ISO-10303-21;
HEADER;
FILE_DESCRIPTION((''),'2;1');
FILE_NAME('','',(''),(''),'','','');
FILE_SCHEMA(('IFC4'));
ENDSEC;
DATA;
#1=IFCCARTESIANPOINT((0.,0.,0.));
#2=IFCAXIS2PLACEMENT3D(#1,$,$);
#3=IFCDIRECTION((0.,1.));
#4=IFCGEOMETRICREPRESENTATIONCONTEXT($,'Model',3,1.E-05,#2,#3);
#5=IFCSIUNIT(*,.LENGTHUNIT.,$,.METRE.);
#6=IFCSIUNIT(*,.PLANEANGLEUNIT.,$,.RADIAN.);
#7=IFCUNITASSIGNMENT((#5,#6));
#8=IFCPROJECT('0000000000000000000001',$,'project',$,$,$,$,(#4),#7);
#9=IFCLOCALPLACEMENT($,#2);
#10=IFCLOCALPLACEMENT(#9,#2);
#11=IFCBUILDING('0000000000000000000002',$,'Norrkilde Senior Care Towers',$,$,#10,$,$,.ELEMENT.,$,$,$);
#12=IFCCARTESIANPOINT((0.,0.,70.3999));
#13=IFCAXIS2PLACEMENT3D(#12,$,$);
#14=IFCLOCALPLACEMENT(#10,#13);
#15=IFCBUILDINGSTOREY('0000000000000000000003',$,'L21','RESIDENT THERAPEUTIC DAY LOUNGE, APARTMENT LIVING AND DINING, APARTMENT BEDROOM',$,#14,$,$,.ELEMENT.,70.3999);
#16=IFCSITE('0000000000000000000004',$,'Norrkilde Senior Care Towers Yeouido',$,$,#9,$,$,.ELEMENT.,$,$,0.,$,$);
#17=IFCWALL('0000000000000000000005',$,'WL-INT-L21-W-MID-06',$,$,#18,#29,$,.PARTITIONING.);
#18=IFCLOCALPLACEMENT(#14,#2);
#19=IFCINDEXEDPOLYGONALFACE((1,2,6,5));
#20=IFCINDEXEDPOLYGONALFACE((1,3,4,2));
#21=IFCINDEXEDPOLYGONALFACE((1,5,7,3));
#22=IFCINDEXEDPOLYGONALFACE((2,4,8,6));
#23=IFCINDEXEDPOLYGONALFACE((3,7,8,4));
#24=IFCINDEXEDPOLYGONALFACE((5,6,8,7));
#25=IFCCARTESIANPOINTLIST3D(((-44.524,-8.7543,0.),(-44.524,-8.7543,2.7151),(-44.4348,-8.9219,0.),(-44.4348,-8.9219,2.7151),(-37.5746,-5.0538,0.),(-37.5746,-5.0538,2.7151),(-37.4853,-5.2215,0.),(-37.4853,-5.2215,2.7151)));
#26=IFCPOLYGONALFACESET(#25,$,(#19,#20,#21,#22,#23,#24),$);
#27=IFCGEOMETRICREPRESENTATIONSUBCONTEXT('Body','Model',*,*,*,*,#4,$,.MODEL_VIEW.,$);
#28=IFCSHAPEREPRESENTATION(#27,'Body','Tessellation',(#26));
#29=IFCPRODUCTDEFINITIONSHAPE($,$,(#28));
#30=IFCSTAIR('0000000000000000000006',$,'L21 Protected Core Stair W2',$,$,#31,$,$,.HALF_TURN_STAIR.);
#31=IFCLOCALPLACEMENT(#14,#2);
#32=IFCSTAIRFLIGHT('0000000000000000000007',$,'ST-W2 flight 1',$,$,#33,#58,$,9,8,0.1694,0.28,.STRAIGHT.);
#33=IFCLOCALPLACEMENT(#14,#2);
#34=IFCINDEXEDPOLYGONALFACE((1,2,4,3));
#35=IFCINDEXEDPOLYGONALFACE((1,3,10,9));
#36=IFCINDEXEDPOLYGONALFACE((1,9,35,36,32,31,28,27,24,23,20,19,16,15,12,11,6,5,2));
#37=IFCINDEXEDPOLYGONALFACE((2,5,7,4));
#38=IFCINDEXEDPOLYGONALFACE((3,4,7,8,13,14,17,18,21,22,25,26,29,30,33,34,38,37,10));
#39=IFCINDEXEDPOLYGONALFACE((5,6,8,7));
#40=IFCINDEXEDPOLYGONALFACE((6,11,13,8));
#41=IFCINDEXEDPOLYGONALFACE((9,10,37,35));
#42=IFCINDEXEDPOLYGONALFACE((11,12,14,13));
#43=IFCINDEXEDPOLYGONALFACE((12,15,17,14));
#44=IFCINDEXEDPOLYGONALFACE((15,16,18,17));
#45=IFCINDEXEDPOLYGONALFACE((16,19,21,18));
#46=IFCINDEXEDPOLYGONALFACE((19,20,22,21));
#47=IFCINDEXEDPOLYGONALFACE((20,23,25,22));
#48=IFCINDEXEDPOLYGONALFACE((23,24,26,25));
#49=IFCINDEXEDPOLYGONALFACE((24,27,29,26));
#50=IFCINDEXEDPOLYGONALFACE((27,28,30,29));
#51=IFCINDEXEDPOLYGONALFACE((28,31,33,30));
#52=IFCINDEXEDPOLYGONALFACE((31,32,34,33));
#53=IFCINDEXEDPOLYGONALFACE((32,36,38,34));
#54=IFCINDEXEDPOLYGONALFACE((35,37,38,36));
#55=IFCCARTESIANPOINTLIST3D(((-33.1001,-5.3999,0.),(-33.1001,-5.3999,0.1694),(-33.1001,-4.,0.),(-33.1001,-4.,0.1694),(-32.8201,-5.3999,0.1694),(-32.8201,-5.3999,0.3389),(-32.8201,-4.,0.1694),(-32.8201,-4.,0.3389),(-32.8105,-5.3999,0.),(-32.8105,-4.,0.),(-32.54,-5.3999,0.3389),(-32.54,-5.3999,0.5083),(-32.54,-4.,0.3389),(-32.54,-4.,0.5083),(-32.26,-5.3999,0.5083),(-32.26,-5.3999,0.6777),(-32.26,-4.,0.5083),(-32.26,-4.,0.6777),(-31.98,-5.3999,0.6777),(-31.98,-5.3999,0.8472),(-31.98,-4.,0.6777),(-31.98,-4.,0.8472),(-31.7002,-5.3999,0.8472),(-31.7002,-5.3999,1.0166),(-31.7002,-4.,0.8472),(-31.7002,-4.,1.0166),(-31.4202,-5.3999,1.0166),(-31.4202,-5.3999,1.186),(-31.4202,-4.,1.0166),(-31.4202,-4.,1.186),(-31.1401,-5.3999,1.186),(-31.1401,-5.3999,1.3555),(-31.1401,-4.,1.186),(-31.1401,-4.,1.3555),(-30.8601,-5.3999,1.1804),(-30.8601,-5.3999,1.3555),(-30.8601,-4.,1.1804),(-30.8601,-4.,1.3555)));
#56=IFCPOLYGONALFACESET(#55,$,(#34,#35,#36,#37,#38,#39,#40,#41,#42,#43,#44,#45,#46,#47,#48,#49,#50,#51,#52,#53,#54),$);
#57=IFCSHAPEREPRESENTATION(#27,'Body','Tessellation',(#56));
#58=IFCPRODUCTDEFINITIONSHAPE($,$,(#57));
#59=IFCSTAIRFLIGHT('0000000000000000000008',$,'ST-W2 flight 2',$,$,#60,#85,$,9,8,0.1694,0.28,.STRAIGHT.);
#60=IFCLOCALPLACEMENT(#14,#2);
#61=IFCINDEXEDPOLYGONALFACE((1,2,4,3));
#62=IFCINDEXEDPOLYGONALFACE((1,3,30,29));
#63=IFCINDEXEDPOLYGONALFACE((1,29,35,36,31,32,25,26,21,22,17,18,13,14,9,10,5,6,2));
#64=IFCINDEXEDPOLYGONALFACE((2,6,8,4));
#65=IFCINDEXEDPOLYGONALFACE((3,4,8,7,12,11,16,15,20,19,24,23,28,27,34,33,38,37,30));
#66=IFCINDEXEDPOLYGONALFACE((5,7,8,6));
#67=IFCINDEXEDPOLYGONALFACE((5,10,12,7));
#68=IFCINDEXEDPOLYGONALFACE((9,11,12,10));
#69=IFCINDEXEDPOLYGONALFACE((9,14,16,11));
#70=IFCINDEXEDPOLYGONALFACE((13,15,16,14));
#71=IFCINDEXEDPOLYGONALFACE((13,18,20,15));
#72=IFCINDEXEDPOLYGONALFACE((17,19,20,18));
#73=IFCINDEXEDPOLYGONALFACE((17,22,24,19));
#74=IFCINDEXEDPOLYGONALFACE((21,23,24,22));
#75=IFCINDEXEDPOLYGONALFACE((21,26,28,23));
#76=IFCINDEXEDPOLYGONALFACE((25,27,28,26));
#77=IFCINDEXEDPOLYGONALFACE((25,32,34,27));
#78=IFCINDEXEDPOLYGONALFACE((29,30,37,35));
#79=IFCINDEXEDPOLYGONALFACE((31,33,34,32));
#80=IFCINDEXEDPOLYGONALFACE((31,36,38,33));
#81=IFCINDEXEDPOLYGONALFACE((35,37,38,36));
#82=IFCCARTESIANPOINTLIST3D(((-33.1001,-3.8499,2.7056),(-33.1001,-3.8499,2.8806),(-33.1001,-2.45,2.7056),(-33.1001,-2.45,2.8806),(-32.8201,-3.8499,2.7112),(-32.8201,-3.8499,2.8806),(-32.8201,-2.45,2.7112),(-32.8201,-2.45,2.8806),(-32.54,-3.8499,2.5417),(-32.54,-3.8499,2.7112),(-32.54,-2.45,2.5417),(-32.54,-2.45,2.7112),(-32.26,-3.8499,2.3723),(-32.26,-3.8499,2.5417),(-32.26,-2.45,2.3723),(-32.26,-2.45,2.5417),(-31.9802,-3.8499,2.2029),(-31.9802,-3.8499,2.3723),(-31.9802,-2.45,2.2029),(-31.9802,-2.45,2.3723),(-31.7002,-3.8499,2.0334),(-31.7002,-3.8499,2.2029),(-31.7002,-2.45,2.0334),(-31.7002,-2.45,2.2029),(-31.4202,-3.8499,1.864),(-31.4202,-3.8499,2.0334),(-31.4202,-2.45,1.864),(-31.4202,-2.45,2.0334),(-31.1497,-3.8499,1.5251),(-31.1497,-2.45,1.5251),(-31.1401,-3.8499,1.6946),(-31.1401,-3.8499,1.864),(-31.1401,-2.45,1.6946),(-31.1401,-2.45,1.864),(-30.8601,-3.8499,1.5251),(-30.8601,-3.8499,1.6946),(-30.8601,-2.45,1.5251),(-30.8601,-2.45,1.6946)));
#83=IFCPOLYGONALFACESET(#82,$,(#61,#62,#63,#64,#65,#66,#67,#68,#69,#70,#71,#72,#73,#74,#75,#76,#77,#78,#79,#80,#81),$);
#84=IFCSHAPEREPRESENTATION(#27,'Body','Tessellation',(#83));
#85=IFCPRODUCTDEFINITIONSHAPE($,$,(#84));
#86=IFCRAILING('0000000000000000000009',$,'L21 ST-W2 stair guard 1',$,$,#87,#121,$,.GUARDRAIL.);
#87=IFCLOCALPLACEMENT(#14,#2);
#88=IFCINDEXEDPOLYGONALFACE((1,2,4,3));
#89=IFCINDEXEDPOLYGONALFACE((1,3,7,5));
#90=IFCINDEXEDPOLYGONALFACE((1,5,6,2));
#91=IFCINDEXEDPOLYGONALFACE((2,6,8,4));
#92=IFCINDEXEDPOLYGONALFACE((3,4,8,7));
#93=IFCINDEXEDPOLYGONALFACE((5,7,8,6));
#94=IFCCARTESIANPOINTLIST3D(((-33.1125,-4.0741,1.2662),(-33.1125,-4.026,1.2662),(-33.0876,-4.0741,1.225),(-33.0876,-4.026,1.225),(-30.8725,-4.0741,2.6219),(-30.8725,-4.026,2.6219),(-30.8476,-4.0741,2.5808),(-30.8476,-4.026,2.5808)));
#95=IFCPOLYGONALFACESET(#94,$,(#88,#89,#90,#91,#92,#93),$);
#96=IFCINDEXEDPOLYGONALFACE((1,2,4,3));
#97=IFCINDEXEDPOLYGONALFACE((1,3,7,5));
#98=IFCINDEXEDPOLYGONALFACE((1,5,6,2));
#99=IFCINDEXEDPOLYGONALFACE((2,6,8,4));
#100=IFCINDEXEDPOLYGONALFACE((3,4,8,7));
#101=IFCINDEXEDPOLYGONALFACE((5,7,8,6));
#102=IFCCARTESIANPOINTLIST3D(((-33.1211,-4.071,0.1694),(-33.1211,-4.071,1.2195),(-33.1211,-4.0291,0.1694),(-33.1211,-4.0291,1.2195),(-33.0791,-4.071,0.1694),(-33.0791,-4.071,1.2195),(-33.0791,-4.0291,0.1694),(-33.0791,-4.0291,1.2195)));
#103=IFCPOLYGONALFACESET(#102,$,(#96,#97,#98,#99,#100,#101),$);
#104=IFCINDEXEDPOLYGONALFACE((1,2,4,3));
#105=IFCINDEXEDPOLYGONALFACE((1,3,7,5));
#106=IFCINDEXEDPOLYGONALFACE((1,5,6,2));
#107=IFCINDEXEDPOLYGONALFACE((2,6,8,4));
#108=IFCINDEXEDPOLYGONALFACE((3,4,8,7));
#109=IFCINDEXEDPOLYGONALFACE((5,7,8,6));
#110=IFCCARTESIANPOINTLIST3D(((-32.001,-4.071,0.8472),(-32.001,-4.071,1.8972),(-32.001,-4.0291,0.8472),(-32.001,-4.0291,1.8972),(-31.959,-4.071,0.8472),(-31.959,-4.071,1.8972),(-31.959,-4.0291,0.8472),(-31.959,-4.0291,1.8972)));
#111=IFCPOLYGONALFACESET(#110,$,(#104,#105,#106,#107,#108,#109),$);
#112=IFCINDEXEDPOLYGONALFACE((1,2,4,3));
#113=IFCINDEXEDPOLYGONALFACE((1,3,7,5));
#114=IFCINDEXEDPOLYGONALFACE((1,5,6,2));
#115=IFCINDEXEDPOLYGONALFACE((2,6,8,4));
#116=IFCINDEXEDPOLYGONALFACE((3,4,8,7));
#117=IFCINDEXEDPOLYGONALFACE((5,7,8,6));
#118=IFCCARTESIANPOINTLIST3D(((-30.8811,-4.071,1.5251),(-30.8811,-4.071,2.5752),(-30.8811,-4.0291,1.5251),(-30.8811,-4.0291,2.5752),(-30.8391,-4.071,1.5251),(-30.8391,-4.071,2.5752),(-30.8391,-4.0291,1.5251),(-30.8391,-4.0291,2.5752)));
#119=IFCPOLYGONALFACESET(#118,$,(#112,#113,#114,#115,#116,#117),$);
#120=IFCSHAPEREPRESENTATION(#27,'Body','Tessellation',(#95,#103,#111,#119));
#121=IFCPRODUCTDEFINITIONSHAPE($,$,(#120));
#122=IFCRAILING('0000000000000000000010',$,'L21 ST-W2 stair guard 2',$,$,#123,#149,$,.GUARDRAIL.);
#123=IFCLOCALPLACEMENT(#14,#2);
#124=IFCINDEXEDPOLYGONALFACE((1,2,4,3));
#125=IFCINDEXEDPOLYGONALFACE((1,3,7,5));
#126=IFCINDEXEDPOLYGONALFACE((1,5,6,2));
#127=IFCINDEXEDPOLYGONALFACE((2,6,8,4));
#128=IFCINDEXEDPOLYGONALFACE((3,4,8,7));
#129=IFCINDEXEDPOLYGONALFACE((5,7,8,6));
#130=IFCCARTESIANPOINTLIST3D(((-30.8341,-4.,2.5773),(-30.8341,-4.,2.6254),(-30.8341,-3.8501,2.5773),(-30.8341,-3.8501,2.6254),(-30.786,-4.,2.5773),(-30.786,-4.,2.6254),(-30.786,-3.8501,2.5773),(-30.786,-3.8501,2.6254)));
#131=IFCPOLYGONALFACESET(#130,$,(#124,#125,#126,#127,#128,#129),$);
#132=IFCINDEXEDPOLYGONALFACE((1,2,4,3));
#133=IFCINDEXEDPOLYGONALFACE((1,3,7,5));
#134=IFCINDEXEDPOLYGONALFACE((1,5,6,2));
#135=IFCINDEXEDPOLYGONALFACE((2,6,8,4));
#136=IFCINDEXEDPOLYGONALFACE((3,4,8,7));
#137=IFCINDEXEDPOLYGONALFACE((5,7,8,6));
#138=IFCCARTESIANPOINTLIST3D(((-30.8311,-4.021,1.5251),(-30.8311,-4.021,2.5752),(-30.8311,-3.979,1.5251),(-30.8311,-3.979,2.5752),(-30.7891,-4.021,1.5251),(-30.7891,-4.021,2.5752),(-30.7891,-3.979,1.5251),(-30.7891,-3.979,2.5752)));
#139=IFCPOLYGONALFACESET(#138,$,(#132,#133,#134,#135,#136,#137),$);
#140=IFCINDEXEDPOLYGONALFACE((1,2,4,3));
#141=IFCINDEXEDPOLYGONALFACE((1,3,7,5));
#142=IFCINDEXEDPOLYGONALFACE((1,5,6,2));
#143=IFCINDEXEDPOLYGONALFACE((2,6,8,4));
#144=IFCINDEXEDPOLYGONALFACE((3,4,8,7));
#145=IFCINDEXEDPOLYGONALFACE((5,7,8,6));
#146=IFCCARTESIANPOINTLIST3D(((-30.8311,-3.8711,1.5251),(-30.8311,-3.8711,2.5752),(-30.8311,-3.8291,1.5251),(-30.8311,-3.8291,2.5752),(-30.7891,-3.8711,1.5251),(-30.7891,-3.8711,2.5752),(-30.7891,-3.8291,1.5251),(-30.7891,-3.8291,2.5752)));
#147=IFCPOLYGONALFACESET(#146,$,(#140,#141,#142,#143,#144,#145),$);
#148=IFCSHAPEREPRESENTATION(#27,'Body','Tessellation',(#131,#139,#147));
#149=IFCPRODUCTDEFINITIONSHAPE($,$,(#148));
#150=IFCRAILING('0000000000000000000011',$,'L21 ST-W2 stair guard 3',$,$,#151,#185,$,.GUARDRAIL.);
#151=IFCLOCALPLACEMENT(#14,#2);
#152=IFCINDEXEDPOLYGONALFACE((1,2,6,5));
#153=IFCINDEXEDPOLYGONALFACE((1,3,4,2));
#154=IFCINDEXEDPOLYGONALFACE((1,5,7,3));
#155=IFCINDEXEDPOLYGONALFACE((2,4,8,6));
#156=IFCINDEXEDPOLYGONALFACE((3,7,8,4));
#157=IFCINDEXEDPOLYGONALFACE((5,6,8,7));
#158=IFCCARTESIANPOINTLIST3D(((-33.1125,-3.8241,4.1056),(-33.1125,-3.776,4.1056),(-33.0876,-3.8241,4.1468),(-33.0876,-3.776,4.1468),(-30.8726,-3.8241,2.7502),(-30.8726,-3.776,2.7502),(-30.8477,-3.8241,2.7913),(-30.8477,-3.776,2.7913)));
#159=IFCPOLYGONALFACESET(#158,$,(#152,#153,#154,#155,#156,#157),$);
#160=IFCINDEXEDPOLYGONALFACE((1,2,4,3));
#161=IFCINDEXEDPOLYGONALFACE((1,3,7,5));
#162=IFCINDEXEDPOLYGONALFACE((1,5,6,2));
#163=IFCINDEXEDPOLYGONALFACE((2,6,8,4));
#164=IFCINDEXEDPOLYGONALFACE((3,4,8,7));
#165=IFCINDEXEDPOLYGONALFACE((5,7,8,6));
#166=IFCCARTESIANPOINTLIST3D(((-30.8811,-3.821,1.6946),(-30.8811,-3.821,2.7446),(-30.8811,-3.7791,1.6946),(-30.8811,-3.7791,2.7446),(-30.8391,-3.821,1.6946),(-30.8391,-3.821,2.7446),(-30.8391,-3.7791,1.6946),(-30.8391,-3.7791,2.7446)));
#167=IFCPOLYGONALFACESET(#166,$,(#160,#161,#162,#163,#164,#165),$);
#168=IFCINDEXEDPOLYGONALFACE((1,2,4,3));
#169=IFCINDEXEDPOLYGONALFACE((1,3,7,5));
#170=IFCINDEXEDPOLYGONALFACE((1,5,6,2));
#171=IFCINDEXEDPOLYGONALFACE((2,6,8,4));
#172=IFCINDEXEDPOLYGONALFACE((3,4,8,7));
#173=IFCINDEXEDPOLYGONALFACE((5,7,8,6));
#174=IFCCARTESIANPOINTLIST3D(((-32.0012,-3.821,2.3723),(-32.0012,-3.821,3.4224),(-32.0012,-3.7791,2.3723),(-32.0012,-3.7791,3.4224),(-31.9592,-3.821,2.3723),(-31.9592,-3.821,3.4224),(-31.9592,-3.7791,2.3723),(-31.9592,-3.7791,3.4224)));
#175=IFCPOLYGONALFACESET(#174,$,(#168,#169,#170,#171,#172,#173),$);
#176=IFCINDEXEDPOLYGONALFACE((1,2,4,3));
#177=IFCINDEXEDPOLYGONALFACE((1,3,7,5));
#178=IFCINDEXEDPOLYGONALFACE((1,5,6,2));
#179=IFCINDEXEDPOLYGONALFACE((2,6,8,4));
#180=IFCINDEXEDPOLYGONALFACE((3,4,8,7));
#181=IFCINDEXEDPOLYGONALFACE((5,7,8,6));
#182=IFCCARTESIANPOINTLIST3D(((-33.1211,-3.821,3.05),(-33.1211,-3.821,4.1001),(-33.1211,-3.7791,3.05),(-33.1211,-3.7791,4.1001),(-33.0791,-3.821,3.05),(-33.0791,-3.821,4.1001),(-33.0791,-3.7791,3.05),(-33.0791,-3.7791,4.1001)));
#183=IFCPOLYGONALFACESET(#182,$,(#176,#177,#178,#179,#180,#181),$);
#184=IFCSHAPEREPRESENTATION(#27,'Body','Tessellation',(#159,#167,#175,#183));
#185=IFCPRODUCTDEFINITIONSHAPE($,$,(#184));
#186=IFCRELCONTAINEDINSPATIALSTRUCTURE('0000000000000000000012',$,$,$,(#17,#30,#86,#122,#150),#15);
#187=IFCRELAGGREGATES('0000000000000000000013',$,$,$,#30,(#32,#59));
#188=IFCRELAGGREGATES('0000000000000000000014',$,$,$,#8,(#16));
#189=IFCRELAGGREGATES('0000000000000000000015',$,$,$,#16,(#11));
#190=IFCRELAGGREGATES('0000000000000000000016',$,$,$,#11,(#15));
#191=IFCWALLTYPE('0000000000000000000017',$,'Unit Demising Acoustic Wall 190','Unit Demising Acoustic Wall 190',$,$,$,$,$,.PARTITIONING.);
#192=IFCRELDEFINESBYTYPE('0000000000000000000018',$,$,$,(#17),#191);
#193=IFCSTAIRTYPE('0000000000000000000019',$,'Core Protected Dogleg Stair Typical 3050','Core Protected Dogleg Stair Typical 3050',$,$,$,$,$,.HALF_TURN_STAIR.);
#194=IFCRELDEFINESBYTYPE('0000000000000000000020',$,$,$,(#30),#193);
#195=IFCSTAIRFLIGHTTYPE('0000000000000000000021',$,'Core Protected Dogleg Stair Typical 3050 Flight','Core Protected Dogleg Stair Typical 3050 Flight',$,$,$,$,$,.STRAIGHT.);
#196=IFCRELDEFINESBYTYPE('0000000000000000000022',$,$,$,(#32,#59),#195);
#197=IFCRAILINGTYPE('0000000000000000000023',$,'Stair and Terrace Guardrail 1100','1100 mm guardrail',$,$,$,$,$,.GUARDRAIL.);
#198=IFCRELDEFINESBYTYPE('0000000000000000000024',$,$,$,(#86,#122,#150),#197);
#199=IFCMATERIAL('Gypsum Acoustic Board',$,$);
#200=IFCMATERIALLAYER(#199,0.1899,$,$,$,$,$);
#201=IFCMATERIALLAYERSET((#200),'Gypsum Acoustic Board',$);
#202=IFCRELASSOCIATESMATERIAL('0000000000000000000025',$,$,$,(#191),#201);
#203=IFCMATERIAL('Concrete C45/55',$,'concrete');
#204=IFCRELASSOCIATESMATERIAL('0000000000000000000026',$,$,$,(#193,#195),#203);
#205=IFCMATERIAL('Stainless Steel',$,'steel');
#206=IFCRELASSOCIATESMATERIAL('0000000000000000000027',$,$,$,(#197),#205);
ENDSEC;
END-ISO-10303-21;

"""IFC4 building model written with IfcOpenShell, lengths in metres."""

from ifc_helpers import new_model, si_unit, direction, frame, frame_2d, origin, origin_2d, place, context, subcontext, project, spatial, polyline, rectangle, outline, extrude, source, transform, mapped, material, layer, layer_set, type_object, element, aggregate, save


model = new_model("IFC4")

# Units and contexts
model_context = context("Model", 3, precision=1e-05, world=origin(), true_north=direction((0.0, 1.0)))
body_context = subcontext(model_context, "Body", "Model", "MODEL_VIEW")
ifc_project = project(units=[si_unit("LENGTHUNIT", "METRE"), si_unit("PLANEANGLEUNIT", "RADIAN")], contexts=[model_context])

# Site, building, storey
site_placement = place(None, origin())
site = spatial("IfcSite", under=ifc_project, at=site_placement, Name="Norrkilde Senior Care Towers Yeouido", CompositionType="ELEMENT", RefElevation=0.0)
building_placement = place(site_placement, origin())
building = spatial("IfcBuilding", under=site, at=building_placement, Name="Norrkilde Senior Care Towers", CompositionType="ELEMENT")
storey_placement = place(building_placement, frame((0.0, 0.0, 70.3999)))
storey = spatial("IfcBuildingStorey", under=building, at=storey_placement, Name="L21", Description="RESIDENT THERAPEUTIC DAY LOUNGE, APARTMENT LIVING AND DINING, APARTMENT BEDROOM", CompositionType="ELEMENT", Elevation=70.3999)

# Shared definitions
ifc_material_1 = material(Name="Concrete C45/55", Category="concrete")

# Shared definitions
ifc_material_2 = material(Name="Stainless Steel", Category="steel")

# Wall
ifc_material_3 = material(Name="Gypsum Acoustic Board")
ifc_layer_1 = layer(ifc_material_3, 0.1899)
ifc_layer_set_1 = layer_set([ifc_layer_1], Name="Gypsum Acoustic Board")
wall_type_1 = type_object("IfcWallType", Name="Unit Demising Acoustic Wall 190", Description="Unit Demising Acoustic Wall 190", PredefinedType="PARTITIONING", material=ifc_layer_set_1)
shared_shape_1 = source(origin(), body_context, "Body", "SweptSolid", [
    extrude(rectangle(XDim=7.8733, YDim=0.1899, at=frame_2d((3.9365, 0.0))), origin(), (0.0, 0.0, 1.0), 2.7151),
])
wall_1_placement = place(storey_placement, frame((-37.53, -5.1377, 0.0), z_axis=(0.0, 0.0, 1.0), x_axis=(-0.882666, -0.470001, 0.0)))
element("IfcWall", 1, at=wall_1_placement, inside=storey, type_object=wall_type_1, Name="WL-INT-L21-W-MID-06", PredefinedType="PARTITIONING", context=body_context, shape_type="MappedRepresentation", body=[
    mapped(shared_shape_1, transform((0.0, 0.0, 0.0), x_axis=(1.0, 0.0, 0.0), y_axis=(0.0, 1.0, 0.0), z_axis=(0.0, 0.0, 1.0), scale=1.0)),
])

# Stair, stair flights
stair_type = type_object("IfcStairType", Name="Core Protected Dogleg Stair Typical 3050", Description="Core Protected Dogleg Stair Typical 3050", PredefinedType="HALF_TURN_STAIR", material=ifc_material_1)
stair_placement = place(storey_placement, origin())
stair = element("IfcStair", 2, at=stair_placement, inside=storey, type_object=stair_type, Name="L21 Protected Core Stair W2", PredefinedType="HALF_TURN_STAIR")
stair_flight_type = type_object("IfcStairFlightType", Name="Core Protected Dogleg Stair Typical 3050 Flight", Description="Core Protected Dogleg Stair Typical 3050 Flight", PredefinedType="STRAIGHT", material=ifc_material_1)
stair_flight_1_placement = place(storey_placement, frame((-33.1001, -4.7, 0.0), z_axis=(0.0, 0.0, 1.0), x_axis=(1.0, 0.0, 0.0)))
stair_flight_1 = element("IfcStairFlight", 3, at=stair_flight_1_placement, type_object=stair_flight_type, Name="ST-W2 flight 1", NumberOfRisers=9, NumberOfTreads=8, PredefinedType="STRAIGHT", RiserHeight=0.1694, TreadLength=0.28, context=body_context, shape_type="SweptSolid", body=[
    extrude(outline(polyline([(0.0, 0.0), (0.0, 0.1694), (0.28, 0.1694), (0.28, 0.3389), (0.5601, 0.3389), (0.5601, 0.5083), (0.8401, 0.5083), (0.8401, 0.6777), (1.1201, 0.6777), (1.1201, 0.8472), (1.3999, 0.8472), (1.3999, 1.0166), (1.6799, 1.0166), (1.6799, 1.186), (1.96, 1.186), (1.96, 1.3555), (2.24, 1.3555), (2.24, 1.5249), (2.24, 1.1804), (0.2896, 0.0), (0.0, 0.0)])), frame((0.0, 0.7, 0.0), z_axis=(0.0, -1.0, 0.0), x_axis=(1.0, 0.0, 0.0)), (0.0, 0.0, 1.0), 1.3999),
])
stair_flight_2_placement = place(storey_placement, frame((-30.8601, -3.1499, 1.5251), z_axis=(0.0, 0.0, 1.0), x_axis=(-1.0, 0.0, 0.0)))
stair_flight_2 = element("IfcStairFlight", 4, at=stair_flight_2_placement, type_object=stair_flight_type, Name="ST-W2 flight 2", NumberOfRisers=9, NumberOfTreads=8, PredefinedType="STRAIGHT", RiserHeight=0.1694, TreadLength=0.28, context=body_context, shape_type="SweptSolid", body=[
    extrude(outline(polyline([(0.0, 0.0), (0.0, 0.1694), (0.28, 0.1694), (0.28, 0.3389), (0.5601, 0.3389), (0.5601, 0.5083), (0.8401, 0.5083), (0.8401, 0.6777), (1.1201, 0.6777), (1.1201, 0.8472), (1.3999, 0.8472), (1.3999, 1.0166), (1.6799, 1.0166), (1.6799, 1.186), (1.96, 1.186), (1.96, 1.3555), (2.24, 1.3555), (2.24, 1.5249), (2.24, 1.1804), (0.2896, 0.0), (0.0, 0.0)])), frame((0.0, 0.7, 0.0), z_axis=(0.0, -1.0, 0.0), x_axis=(1.0, 0.0, 0.0)), (0.0, 0.0, 1.0), 1.3999),
])
aggregate(stair, [stair_flight_1, stair_flight_2])

# Railings
railing_type_1 = type_object("IfcRailingType", Name="Stair and Terrace Guardrail 1100", Description="1100 mm guardrail", PredefinedType="GUARDRAIL", material=ifc_material_2)
railing_1_placement = place(storey_placement, frame((-33.1001, -4.05, 0.1694)))
element("IfcRailing", 5, at=railing_1_placement, inside=storey, type_object=railing_type_1, Name="L21 ST-W2 stair guard 1", PredefinedType="GUARDRAIL", context=body_context, shape_type="SweptSolid", body=[
    extrude(rectangle(XDim=0.0481, YDim=0.0481, at=origin_2d()), frame((0.0, 0.0, 1.0762), z_axis=(0.855512, 0.0, 0.517783), x_axis=(0.0, 1.0, 0.0)), (0.0, 0.0, 1.0), 2.6184),
    extrude(rectangle(XDim=0.042, YDim=0.042, at=origin_2d()), origin(), (0.0, 0.0, 1.0), 1.05),
    extrude(rectangle(XDim=0.042, YDim=0.042, at=origin_2d()), frame((1.1201, 0.0, 0.6777)), (0.0, 0.0, 1.0), 1.05),
    extrude(rectangle(XDim=0.042, YDim=0.042, at=origin_2d()), frame((2.24, 0.0, 1.3557)), (0.0, 0.0, 1.0), 1.05),
])
railing_2_placement = place(storey_placement, frame((-30.8101, -4.0, 1.5251)))
element("IfcRailing", 6, at=railing_2_placement, inside=storey, type_object=railing_type_1, Name="L21 ST-W2 stair guard 2", PredefinedType="GUARDRAIL", context=body_context, shape_type="SweptSolid", body=[
    extrude(rectangle(XDim=0.0481, YDim=0.0481, at=origin_2d()), frame((0.0, 0.0, 1.0762), z_axis=(0.0, 1.0, 0.0), x_axis=(-1.0, 0.0, 0.0)), (0.0, 0.0, 1.0), 0.1499),
    extrude(rectangle(XDim=0.042, YDim=0.042, at=origin_2d()), origin(), (0.0, 0.0, 1.0), 1.05),
    extrude(rectangle(XDim=0.042, YDim=0.042, at=origin_2d()), frame((0.0, 0.1499, 0.0)), (0.0, 0.0, 1.0), 1.05),
])
railing_3_placement = place(storey_placement, frame((-30.8601, -3.8, 1.6946)))
element("IfcRailing", 7, at=railing_3_placement, inside=storey, type_object=railing_type_1, Name="L21 ST-W2 stair guard 3", PredefinedType="GUARDRAIL", context=body_context, shape_type="SweptSolid", body=[
    extrude(rectangle(XDim=0.0481, YDim=0.0481, at=origin_2d()), frame((0.0, 0.0, 1.0762), z_axis=(-0.855553, 0.0, 0.517715), x_axis=(0.0, -1.0, 0.0)), (0.0, 0.0, 1.0), 2.6182),
    extrude(rectangle(XDim=0.042, YDim=0.042, at=origin_2d()), origin(), (0.0, 0.0, 1.0), 1.05),
    extrude(rectangle(XDim=0.042, YDim=0.042, at=origin_2d()), frame((-1.1201, 0.0, 0.6777)), (0.0, 0.0, 1.0), 1.05),
    extrude(rectangle(XDim=0.042, YDim=0.042, at=origin_2d()), frame((-2.24, 0.0, 1.3555)), (0.0, 0.0, 1.0), 1.05),
])

save(model, "model.ifc")
